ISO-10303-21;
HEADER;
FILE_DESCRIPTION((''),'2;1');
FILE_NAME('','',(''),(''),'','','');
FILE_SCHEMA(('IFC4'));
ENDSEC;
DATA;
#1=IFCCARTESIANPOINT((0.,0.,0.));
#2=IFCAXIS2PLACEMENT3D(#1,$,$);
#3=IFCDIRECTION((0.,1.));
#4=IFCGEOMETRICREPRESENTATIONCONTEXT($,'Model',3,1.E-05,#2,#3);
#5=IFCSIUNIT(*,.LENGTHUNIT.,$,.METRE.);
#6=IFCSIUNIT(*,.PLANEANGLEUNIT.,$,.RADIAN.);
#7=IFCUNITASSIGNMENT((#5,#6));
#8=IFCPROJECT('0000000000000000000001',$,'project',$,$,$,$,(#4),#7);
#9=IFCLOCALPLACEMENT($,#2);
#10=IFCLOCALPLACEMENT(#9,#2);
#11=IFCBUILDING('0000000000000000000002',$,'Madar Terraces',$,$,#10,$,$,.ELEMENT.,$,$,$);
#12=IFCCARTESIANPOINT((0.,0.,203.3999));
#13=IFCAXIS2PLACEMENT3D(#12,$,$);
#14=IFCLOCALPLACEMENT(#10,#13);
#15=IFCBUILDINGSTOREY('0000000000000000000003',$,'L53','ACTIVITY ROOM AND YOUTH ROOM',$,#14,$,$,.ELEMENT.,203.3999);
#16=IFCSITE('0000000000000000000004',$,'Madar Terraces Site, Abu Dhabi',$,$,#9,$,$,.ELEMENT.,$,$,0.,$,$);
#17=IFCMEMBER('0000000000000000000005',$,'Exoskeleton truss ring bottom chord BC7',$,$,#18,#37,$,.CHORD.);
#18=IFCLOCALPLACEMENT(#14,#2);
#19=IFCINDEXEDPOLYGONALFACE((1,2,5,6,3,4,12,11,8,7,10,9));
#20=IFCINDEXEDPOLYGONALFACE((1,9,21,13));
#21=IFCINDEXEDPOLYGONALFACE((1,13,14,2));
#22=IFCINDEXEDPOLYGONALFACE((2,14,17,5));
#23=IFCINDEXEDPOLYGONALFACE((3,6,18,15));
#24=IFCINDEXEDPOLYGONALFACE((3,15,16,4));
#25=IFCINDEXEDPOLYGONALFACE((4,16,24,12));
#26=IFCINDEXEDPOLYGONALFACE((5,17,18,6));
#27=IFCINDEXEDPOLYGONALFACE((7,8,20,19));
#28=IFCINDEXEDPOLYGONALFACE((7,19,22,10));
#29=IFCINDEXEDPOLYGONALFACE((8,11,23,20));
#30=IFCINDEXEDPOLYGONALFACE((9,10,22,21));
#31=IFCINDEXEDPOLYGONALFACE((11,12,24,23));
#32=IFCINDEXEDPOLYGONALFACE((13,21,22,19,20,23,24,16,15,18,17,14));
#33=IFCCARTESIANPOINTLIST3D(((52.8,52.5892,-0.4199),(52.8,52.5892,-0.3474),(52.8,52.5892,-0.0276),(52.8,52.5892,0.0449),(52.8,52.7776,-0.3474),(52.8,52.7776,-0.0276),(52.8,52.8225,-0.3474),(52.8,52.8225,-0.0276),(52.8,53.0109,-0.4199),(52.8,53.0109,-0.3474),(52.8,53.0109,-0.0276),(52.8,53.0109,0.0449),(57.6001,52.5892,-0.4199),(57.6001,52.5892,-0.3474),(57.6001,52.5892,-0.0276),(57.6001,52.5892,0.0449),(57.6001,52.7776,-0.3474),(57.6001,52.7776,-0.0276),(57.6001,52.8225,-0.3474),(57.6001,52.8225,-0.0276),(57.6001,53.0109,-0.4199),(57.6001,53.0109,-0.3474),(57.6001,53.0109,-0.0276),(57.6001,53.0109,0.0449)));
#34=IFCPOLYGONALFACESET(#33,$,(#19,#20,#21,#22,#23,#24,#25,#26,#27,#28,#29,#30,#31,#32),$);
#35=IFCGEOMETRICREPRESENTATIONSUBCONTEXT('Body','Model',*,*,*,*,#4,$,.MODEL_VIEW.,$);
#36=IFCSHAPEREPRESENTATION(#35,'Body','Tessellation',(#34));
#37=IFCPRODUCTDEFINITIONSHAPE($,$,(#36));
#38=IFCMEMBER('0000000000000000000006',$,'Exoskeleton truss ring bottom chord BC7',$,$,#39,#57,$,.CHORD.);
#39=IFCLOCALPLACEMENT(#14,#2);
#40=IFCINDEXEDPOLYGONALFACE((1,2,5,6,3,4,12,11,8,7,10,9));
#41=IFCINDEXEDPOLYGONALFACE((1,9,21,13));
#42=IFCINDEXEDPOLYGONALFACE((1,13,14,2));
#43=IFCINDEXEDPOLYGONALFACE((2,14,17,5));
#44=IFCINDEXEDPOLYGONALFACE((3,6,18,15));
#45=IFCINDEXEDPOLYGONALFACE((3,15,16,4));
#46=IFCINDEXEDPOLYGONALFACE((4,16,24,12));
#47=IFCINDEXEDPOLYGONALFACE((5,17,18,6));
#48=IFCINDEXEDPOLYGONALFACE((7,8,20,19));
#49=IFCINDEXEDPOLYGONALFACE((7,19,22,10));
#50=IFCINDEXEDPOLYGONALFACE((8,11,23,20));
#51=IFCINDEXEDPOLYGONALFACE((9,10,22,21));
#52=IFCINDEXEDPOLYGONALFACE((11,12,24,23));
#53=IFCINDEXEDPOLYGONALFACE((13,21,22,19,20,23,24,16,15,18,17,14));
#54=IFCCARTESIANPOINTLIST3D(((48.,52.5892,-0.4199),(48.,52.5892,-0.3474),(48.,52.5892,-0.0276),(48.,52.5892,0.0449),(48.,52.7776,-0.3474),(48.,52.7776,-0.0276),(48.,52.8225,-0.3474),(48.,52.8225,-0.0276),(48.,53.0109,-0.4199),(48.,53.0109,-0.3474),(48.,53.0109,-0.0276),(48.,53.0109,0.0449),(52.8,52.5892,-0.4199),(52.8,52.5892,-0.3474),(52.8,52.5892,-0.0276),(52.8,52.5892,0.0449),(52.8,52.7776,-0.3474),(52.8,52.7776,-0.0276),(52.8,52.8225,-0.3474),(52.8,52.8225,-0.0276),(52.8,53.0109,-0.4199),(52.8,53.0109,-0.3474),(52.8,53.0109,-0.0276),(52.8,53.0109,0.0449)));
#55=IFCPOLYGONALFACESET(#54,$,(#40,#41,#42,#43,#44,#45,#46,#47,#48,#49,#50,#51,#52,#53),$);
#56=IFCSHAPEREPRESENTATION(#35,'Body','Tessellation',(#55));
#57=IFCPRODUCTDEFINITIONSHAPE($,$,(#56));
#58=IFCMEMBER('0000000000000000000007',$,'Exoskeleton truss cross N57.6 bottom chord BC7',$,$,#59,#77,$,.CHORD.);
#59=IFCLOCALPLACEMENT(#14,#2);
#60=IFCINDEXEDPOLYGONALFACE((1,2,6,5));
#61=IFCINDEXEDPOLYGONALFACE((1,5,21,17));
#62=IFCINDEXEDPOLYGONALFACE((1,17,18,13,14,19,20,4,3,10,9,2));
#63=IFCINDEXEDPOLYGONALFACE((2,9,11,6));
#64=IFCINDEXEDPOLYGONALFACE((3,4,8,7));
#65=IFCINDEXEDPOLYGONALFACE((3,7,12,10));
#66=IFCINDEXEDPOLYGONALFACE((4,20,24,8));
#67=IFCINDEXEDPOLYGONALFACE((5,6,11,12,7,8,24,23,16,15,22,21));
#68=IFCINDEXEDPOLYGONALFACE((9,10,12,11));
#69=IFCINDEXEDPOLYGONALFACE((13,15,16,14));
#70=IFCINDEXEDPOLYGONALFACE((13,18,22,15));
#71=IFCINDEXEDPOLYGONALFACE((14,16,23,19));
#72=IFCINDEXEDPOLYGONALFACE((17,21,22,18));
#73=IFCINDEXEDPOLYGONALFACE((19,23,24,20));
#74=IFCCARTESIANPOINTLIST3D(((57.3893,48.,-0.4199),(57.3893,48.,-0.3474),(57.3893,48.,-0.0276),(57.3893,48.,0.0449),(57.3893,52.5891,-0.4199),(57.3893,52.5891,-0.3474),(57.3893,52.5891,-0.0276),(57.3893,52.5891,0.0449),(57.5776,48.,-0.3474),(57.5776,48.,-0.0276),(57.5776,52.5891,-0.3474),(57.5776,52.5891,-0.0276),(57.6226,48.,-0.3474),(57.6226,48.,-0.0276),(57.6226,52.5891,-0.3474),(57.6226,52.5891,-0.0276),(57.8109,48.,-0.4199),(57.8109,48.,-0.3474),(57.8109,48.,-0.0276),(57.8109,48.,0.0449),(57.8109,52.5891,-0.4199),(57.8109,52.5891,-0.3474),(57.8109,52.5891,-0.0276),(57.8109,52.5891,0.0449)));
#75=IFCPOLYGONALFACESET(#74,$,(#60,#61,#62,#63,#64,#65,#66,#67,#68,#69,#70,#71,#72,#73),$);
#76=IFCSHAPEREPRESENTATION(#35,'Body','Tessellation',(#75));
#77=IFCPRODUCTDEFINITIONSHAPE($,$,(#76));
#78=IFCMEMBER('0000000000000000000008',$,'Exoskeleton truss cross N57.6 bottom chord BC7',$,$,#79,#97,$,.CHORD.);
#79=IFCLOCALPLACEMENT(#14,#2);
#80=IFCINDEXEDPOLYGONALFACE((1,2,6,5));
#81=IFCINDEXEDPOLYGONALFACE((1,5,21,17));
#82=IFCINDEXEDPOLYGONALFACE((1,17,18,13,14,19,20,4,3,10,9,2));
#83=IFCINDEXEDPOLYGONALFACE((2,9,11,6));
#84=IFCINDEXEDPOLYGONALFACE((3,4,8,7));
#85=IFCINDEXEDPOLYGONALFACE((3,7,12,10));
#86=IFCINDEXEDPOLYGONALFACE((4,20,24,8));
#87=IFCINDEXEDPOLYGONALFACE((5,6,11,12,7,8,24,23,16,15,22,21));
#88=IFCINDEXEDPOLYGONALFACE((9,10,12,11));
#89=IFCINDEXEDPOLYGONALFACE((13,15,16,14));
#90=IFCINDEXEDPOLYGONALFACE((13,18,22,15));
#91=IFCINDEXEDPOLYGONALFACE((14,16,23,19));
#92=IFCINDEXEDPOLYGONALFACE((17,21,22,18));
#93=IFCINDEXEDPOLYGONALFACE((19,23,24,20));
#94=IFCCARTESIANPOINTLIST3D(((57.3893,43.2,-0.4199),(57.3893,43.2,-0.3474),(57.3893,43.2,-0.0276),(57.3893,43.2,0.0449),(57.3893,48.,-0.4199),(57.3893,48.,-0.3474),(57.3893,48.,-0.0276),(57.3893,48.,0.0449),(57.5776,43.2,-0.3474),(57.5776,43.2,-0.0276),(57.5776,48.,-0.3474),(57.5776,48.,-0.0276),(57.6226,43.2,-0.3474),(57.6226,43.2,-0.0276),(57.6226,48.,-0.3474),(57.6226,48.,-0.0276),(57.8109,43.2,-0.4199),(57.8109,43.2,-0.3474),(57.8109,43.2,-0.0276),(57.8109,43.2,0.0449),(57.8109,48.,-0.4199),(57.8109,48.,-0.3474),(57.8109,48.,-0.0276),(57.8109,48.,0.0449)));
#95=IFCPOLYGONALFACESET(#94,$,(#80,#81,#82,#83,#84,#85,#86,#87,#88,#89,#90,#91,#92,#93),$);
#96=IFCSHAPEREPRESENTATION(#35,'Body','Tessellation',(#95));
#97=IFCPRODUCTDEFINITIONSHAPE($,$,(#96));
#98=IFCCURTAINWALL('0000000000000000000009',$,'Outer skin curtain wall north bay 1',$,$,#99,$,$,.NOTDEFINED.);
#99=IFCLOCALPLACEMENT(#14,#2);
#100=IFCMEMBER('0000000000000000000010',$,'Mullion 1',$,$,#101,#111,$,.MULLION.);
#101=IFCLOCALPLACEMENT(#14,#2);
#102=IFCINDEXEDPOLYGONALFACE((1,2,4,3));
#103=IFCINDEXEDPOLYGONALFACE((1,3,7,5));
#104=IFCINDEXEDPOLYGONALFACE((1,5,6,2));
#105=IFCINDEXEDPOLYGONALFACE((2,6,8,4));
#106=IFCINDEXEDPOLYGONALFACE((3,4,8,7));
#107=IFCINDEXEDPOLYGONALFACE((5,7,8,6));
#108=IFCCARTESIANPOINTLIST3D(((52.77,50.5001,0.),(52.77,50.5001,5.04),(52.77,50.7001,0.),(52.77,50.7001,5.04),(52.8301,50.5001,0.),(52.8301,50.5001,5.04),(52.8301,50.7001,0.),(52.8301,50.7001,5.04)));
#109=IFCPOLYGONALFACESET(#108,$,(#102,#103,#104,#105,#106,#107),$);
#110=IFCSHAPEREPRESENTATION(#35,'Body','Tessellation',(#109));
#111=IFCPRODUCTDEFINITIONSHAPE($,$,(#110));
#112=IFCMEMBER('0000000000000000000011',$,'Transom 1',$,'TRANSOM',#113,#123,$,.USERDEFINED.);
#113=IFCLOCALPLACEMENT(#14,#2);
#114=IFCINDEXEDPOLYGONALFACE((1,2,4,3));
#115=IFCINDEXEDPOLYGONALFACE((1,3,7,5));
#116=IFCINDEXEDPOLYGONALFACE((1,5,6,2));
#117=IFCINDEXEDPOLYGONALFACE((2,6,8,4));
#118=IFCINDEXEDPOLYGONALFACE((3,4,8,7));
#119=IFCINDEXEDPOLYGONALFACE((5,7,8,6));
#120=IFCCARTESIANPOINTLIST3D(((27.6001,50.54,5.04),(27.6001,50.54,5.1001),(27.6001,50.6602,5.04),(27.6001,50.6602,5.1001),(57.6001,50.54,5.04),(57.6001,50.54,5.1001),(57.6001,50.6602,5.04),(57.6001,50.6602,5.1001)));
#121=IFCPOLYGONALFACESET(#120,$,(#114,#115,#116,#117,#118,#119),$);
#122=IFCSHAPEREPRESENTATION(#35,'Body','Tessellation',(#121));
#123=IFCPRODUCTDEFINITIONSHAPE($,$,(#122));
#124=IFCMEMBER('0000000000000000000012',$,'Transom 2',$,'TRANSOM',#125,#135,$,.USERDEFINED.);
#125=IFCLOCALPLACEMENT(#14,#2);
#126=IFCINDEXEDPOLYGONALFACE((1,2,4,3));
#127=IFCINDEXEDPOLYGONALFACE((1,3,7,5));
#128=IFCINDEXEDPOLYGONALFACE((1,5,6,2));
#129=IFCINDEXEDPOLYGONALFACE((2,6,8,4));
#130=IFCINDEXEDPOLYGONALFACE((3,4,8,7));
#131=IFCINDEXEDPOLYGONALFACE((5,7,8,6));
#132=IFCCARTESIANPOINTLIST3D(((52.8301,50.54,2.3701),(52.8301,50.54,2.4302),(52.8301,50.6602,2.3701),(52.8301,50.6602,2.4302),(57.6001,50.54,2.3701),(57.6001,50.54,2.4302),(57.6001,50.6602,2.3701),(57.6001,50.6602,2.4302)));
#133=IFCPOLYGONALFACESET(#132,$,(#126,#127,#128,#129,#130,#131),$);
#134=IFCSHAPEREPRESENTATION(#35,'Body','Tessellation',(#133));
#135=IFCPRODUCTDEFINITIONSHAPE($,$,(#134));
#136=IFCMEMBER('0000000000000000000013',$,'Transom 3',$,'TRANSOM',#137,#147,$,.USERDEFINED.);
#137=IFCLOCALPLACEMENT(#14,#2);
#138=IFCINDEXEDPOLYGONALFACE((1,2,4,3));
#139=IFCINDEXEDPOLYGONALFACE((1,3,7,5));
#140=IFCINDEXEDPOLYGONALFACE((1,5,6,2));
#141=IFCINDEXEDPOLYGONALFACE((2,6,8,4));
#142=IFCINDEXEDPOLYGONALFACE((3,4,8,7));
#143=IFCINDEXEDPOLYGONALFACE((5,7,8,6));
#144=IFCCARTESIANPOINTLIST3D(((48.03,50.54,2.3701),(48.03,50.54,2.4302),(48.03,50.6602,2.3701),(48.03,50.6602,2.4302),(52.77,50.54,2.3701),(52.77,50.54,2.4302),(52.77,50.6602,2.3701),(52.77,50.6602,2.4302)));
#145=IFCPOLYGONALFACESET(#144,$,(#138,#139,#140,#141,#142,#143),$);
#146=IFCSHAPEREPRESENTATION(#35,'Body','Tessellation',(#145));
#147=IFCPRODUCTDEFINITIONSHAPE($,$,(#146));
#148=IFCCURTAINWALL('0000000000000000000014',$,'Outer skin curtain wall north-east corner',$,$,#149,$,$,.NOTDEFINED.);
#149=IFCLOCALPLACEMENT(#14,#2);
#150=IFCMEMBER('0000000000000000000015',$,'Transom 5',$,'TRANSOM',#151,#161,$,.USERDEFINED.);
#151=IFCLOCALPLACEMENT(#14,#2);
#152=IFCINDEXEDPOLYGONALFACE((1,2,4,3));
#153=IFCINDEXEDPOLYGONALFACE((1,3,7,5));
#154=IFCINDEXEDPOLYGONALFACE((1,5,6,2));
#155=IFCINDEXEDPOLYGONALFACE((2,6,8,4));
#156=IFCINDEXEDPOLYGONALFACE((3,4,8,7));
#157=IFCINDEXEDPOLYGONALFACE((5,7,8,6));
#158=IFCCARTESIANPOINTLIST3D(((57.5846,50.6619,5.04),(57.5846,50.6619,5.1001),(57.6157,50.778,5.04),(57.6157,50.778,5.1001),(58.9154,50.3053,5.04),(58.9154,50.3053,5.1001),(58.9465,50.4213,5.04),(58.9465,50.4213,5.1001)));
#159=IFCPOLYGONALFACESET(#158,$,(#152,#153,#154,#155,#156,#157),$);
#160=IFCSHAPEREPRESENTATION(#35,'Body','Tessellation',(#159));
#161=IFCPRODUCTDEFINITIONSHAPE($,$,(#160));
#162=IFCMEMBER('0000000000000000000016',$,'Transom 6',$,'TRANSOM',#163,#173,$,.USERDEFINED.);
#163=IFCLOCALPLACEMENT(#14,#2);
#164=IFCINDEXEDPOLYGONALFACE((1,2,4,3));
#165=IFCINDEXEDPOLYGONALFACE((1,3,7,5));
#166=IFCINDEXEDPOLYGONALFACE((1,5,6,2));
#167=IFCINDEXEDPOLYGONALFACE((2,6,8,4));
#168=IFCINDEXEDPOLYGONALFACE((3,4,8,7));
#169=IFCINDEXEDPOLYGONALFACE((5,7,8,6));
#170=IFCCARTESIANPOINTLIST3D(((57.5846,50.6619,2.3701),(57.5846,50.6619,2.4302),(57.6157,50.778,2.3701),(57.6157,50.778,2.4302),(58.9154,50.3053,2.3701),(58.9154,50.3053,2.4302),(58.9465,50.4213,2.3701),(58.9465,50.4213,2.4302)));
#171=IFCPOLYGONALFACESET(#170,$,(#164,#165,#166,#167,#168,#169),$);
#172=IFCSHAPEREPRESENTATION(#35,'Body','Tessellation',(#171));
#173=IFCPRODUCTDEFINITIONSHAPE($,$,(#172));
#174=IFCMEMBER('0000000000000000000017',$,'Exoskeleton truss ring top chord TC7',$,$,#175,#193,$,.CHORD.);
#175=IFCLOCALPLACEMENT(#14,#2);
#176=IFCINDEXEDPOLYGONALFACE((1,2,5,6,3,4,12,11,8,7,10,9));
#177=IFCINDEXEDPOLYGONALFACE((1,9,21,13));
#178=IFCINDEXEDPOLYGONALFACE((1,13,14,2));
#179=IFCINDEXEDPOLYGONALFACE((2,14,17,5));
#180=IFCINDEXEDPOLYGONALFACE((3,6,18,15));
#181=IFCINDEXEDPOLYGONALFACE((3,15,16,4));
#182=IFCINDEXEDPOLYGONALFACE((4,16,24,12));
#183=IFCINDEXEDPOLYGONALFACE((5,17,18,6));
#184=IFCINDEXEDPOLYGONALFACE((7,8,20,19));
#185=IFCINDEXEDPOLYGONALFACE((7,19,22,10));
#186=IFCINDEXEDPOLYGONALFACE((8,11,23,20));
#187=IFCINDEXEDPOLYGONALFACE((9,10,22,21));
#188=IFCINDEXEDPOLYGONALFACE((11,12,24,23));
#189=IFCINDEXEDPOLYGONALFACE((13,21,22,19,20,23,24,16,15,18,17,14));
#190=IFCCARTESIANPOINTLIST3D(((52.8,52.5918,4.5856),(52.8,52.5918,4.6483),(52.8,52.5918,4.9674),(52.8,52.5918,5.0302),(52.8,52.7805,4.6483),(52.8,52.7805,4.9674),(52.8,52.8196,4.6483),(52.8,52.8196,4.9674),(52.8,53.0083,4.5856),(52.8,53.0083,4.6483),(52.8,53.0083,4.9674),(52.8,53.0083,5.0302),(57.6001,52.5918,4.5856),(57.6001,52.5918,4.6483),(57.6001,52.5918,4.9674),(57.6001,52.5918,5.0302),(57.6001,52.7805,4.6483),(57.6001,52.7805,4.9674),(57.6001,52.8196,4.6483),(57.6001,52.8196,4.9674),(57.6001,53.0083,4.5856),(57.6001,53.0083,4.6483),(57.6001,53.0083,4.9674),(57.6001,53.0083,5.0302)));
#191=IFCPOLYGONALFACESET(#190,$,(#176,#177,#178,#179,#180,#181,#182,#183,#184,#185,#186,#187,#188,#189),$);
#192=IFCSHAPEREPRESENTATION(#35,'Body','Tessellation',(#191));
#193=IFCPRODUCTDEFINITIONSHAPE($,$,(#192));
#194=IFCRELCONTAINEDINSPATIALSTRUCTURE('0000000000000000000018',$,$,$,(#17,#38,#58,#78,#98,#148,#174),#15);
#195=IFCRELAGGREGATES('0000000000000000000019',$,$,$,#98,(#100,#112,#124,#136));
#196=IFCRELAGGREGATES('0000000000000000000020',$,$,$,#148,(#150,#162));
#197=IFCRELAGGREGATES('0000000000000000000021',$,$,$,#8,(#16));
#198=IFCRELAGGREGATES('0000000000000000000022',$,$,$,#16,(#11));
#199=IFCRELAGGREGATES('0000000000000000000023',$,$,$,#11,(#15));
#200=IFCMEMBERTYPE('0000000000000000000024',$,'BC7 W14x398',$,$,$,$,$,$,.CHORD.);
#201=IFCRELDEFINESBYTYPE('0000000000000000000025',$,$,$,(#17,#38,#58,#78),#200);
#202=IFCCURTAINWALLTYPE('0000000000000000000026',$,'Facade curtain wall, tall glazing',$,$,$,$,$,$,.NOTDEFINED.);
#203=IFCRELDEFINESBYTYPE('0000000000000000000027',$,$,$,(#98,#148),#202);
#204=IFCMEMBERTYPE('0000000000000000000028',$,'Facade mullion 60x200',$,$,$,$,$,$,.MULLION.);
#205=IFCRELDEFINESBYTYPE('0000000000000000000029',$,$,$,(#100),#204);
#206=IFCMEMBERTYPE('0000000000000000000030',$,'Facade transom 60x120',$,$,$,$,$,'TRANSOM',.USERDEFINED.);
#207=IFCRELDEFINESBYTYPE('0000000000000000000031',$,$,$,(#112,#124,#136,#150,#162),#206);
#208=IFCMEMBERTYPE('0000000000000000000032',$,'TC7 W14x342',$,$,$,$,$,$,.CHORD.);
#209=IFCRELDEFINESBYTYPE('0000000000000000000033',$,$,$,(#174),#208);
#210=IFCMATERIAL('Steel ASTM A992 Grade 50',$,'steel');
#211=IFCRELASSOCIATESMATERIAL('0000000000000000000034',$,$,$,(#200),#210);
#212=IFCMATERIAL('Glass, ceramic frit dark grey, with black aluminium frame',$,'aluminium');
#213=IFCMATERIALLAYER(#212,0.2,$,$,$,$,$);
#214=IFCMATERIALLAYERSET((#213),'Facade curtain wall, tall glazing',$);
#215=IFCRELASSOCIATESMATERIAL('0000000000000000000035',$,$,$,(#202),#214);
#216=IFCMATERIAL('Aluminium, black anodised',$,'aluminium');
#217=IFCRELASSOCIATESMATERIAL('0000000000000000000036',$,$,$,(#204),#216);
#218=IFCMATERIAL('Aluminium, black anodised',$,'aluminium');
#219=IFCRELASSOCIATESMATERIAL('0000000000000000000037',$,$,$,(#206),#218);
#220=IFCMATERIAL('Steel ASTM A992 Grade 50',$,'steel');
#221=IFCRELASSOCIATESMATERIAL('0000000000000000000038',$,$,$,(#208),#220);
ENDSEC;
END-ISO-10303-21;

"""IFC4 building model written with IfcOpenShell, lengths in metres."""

from ifc_helpers import new_model, si_unit, direction, frame, origin, origin_2d, place, context, subcontext, project, spatial, rectangle, i_section, extrude, material, layer, layer_set, material_profile, profile_set, type_object, element, aggregate, save


model = new_model("IFC4")

# Units and contexts
model_context = context("Model", 3, precision=1e-05, world=origin(), true_north=direction((0.0, 1.0)))
body_context = subcontext(model_context, "Body", "Model", "MODEL_VIEW")
ifc_project = project(units=[si_unit("LENGTHUNIT", "METRE"), si_unit("PLANEANGLEUNIT", "RADIAN")], contexts=[model_context])

# Site, building, storey
site_placement = place(None, origin())
site = spatial("IfcSite", under=ifc_project, at=site_placement, Name="Madar Terraces Site, Abu Dhabi", CompositionType="ELEMENT", RefElevation=0.0)
building_placement = place(site_placement, origin())
building = spatial("IfcBuilding", under=site, at=building_placement, Name="Madar Terraces", CompositionType="ELEMENT")
storey_placement = place(building_placement, frame((0.0, 0.0, 203.3999)))
storey = spatial("IfcBuildingStorey", under=building, at=storey_placement, Name="L53", Description="ACTIVITY ROOM AND YOUTH ROOM", CompositionType="ELEMENT", Elevation=203.3999)

# Members
ifc_material_1 = material(Name="Steel ASTM A992 Grade 50", Category="steel")
ifc_material_profile_1 = material_profile(ifc_material_1, i_section(OverallWidth=0.4216, OverallDepth=0.4648, WebThickness=0.0449, FlangeThickness=0.0725, at=origin_2d()), Name="W14x398")
ifc_profile_set_1 = profile_set([ifc_material_profile_1], Name="Steel ASTM A992 Grade 50")
member_type_1 = type_object("IfcMemberType", Name="BC7 W14x398", PredefinedType="CHORD", material=ifc_profile_set_1)
for number, where, z_axis, x_axis, name in (
    (1, (57.6001, 52.8, -0.1875), (-1.0, 0.0, 0.0), (0.0, -1.0, 0.0), "Exoskeleton truss ring bottom chord BC7"),
    (2, (52.8, 52.8, -0.1875), (-1.0, 0.0, 0.0), (0.0, -1.0, 0.0), "Exoskeleton truss ring bottom chord BC7"),
):
    element("IfcMember", number, at=place(storey_placement, frame(where, z_axis=z_axis, x_axis=x_axis)), inside=storey, type_object=member_type_1, Name=name, PredefinedType="CHORD", context=body_context, shape_type="SweptSolid", body=[
        extrude(i_section(OverallWidth=0.4216, OverallDepth=0.4648, WebThickness=0.0449, FlangeThickness=0.0725, at=origin_2d()), origin(), (0.0, 0.0, 1.0), 4.8),
    ])
member_1_placement = place(storey_placement, frame((57.6001, 52.5891, -0.1875), z_axis=(0.0, -1.0, 0.0), x_axis=(1.0, 0.0, 0.0)))
element("IfcMember", 3, at=member_1_placement, inside=storey, type_object=member_type_1, Name="Exoskeleton truss cross N57.6 bottom chord BC7", PredefinedType="CHORD", context=body_context, shape_type="SweptSolid", body=[
    extrude(i_section(OverallWidth=0.4216, OverallDepth=0.4648, WebThickness=0.0449, FlangeThickness=0.0725, at=origin_2d()), origin(), (0.0, 0.0, 1.0), 4.5891),
])
member_2_placement = place(storey_placement, frame((57.6001, 48.0, -0.1875), z_axis=(0.0, -1.0, 0.0), x_axis=(1.0, 0.0, 0.0)))
element("IfcMember", 4, at=member_2_placement, inside=storey, type_object=member_type_1, Name="Exoskeleton truss cross N57.6 bottom chord BC7", PredefinedType="CHORD", context=body_context, shape_type="SweptSolid", body=[
    extrude(i_section(OverallWidth=0.4216, OverallDepth=0.4648, WebThickness=0.0449, FlangeThickness=0.0725, at=origin_2d()), origin(), (0.0, 0.0, 1.0), 4.8),
])

# Curtain walls, members
ifc_material_2 = material(Name="Glass, ceramic frit dark grey, with black aluminium frame", Category="aluminium")
ifc_layer_1 = layer(ifc_material_2, 0.2)
ifc_layer_set_1 = layer_set([ifc_layer_1], Name="Facade curtain wall, tall glazing")
curtain_wall_type = type_object("IfcCurtainWallType", Name="Facade curtain wall, tall glazing", PredefinedType="NOTDEFINED", material=ifc_layer_set_1)
curtain_wall_1_placement = place(storey_placement, origin())
curtain_wall_1 = element("IfcCurtainWall", 5, at=curtain_wall_1_placement, inside=storey, type_object=curtain_wall_type, Name="Outer skin curtain wall north bay 1", PredefinedType="NOTDEFINED")
ifc_material_3 = material(Name="Aluminium, black anodised", Category="aluminium")
ifc_material_profile_2 = material_profile(ifc_material_3, rectangle(XDim=0.2, YDim=0.0601, at=origin_2d()), Name="Facade mullion 60x200")
ifc_profile_set_2 = profile_set([ifc_material_profile_2], Name="Aluminium, black anodised")
member_type_2 = type_object("IfcMemberType", Name="Facade mullion 60x200", PredefinedType="MULLION", material=ifc_profile_set_2)
member_3_placement = place(storey_placement, frame((52.8, 50.6001, 0.0), z_axis=(0.0, 0.0, 1.0), x_axis=(0.0, -1.0, 0.0)))
member_3 = element("IfcMember", 6, at=member_3_placement, type_object=member_type_2, Name="Mullion 1", PredefinedType="MULLION", context=body_context, shape_type="SweptSolid", body=[
    extrude(rectangle(XDim=0.2, YDim=0.0601, at=origin_2d()), origin(), (0.0, 0.0, 1.0), 5.04),
])
ifc_material_4 = material(Name="Aluminium, black anodised", Category="aluminium")
ifc_material_profile_3 = material_profile(ifc_material_4, rectangle(XDim=0.1201, YDim=0.0601, at=origin_2d()), Name="Facade transom 60x120")
ifc_profile_set_3 = profile_set([ifc_material_profile_3], Name="Aluminium, black anodised")
member_type_3 = type_object("IfcMemberType", Name="Facade transom 60x120", ElementType="TRANSOM", PredefinedType="USERDEFINED", material=ifc_profile_set_3)
member_4_placement = place(storey_placement, frame((57.6001, 50.6001, 5.0701), z_axis=(-1.0, 0.0, 0.0), x_axis=(0.0, -1.0, 0.0)))
member_4 = element("IfcMember", 7, at=member_4_placement, type_object=member_type_3, Name="Transom 1", ObjectType="TRANSOM", PredefinedType="USERDEFINED", context=body_context, shape_type="SweptSolid", body=[
    extrude(rectangle(XDim=0.1201, YDim=0.0601, at=origin_2d()), origin(), (0.0, 0.0, 1.0), 30.0),
])
member_5_placement = place(storey_placement, frame((57.6001, 50.6001, 2.4001), z_axis=(-1.0, 0.0, 0.0), x_axis=(0.0, -1.0, 0.0)))
member_5 = element("IfcMember", 8, at=member_5_placement, type_object=member_type_3, Name="Transom 2", ObjectType="TRANSOM", PredefinedType="USERDEFINED", context=body_context, shape_type="SweptSolid", body=[
    extrude(rectangle(XDim=0.1201, YDim=0.0601, at=origin_2d()), origin(), (0.0, 0.0, 1.0), 4.77),
])
member_6_placement = place(storey_placement, frame((52.77, 50.6001, 2.4001), z_axis=(-1.0, 0.0, 0.0), x_axis=(0.0, -1.0, 0.0)))
member_6 = element("IfcMember", 9, at=member_6_placement, type_object=member_type_3, Name="Transom 3", ObjectType="TRANSOM", PredefinedType="USERDEFINED", context=body_context, shape_type="SweptSolid", body=[
    extrude(rectangle(XDim=0.1201, YDim=0.0601, at=origin_2d()), origin(), (0.0, 0.0, 1.0), 4.74),
])
curtain_wall_2_placement = place(storey_placement, origin())
curtain_wall_2 = element("IfcCurtainWall", 10, at=curtain_wall_2_placement, inside=storey, type_object=curtain_wall_type, Name="Outer skin curtain wall north-east corner", PredefinedType="NOTDEFINED")
member_7_placement = place(storey_placement, frame((58.9309, 50.3633, 5.0701), z_axis=(-0.965908, 0.258887, 0.0), x_axis=(-0.258887, -0.965908, 0.0)))
member_7 = element("IfcMember", 11, at=member_7_placement, type_object=member_type_3, Name="Transom 5", ObjectType="TRANSOM", PredefinedType="USERDEFINED", context=body_context, shape_type="SweptSolid", body=[
    extrude(rectangle(XDim=0.1201, YDim=0.0601, at=origin_2d()), origin(), (0.0, 0.0, 1.0), 1.3777),
])
member_8_placement = place(storey_placement, frame((58.9309, 50.3633, 2.4001), z_axis=(-0.965908, 0.258887, 0.0), x_axis=(-0.258887, -0.965908, 0.0)))
member_8 = element("IfcMember", 12, at=member_8_placement, type_object=member_type_3, Name="Transom 6", ObjectType="TRANSOM", PredefinedType="USERDEFINED", context=body_context, shape_type="SweptSolid", body=[
    extrude(rectangle(XDim=0.1201, YDim=0.0601, at=origin_2d()), origin(), (0.0, 0.0, 1.0), 1.3777),
])

# Member
ifc_material_5 = material(Name="Steel ASTM A992 Grade 50", Category="steel")
ifc_material_profile_4 = material_profile(ifc_material_5, i_section(OverallWidth=0.4165, OverallDepth=0.4446, WebThickness=0.0391, FlangeThickness=0.0627, at=origin_2d()), Name="W14x342")
ifc_profile_set_4 = profile_set([ifc_material_profile_4], Name="Steel ASTM A992 Grade 50")
member_type_4 = type_object("IfcMemberType", Name="TC7 W14x342", PredefinedType="CHORD", material=ifc_profile_set_4)
for number, where, z_axis, x_axis, name in (
    (13, (57.6001, 52.8, 4.8079), (-1.0, 0.0, 0.0), (0.0, -1.0, 0.0), "Exoskeleton truss ring top chord TC7"),
):
    element("IfcMember", number, at=place(storey_placement, frame(where, z_axis=z_axis, x_axis=x_axis)), inside=storey, type_object=member_type_4, Name=name, PredefinedType="CHORD", context=body_context, shape_type="SweptSolid", body=[
        extrude(i_section(OverallWidth=0.4165, OverallDepth=0.4446, WebThickness=0.0391, FlangeThickness=0.0627, at=origin_2d()), origin(), (0.0, 0.0, 1.0), 4.8),
    ])

aggregate(curtain_wall_1, [member_3, member_4, member_5, member_6])
aggregate(curtain_wall_2, [member_7, member_8])

save(model, "model.ifc")
